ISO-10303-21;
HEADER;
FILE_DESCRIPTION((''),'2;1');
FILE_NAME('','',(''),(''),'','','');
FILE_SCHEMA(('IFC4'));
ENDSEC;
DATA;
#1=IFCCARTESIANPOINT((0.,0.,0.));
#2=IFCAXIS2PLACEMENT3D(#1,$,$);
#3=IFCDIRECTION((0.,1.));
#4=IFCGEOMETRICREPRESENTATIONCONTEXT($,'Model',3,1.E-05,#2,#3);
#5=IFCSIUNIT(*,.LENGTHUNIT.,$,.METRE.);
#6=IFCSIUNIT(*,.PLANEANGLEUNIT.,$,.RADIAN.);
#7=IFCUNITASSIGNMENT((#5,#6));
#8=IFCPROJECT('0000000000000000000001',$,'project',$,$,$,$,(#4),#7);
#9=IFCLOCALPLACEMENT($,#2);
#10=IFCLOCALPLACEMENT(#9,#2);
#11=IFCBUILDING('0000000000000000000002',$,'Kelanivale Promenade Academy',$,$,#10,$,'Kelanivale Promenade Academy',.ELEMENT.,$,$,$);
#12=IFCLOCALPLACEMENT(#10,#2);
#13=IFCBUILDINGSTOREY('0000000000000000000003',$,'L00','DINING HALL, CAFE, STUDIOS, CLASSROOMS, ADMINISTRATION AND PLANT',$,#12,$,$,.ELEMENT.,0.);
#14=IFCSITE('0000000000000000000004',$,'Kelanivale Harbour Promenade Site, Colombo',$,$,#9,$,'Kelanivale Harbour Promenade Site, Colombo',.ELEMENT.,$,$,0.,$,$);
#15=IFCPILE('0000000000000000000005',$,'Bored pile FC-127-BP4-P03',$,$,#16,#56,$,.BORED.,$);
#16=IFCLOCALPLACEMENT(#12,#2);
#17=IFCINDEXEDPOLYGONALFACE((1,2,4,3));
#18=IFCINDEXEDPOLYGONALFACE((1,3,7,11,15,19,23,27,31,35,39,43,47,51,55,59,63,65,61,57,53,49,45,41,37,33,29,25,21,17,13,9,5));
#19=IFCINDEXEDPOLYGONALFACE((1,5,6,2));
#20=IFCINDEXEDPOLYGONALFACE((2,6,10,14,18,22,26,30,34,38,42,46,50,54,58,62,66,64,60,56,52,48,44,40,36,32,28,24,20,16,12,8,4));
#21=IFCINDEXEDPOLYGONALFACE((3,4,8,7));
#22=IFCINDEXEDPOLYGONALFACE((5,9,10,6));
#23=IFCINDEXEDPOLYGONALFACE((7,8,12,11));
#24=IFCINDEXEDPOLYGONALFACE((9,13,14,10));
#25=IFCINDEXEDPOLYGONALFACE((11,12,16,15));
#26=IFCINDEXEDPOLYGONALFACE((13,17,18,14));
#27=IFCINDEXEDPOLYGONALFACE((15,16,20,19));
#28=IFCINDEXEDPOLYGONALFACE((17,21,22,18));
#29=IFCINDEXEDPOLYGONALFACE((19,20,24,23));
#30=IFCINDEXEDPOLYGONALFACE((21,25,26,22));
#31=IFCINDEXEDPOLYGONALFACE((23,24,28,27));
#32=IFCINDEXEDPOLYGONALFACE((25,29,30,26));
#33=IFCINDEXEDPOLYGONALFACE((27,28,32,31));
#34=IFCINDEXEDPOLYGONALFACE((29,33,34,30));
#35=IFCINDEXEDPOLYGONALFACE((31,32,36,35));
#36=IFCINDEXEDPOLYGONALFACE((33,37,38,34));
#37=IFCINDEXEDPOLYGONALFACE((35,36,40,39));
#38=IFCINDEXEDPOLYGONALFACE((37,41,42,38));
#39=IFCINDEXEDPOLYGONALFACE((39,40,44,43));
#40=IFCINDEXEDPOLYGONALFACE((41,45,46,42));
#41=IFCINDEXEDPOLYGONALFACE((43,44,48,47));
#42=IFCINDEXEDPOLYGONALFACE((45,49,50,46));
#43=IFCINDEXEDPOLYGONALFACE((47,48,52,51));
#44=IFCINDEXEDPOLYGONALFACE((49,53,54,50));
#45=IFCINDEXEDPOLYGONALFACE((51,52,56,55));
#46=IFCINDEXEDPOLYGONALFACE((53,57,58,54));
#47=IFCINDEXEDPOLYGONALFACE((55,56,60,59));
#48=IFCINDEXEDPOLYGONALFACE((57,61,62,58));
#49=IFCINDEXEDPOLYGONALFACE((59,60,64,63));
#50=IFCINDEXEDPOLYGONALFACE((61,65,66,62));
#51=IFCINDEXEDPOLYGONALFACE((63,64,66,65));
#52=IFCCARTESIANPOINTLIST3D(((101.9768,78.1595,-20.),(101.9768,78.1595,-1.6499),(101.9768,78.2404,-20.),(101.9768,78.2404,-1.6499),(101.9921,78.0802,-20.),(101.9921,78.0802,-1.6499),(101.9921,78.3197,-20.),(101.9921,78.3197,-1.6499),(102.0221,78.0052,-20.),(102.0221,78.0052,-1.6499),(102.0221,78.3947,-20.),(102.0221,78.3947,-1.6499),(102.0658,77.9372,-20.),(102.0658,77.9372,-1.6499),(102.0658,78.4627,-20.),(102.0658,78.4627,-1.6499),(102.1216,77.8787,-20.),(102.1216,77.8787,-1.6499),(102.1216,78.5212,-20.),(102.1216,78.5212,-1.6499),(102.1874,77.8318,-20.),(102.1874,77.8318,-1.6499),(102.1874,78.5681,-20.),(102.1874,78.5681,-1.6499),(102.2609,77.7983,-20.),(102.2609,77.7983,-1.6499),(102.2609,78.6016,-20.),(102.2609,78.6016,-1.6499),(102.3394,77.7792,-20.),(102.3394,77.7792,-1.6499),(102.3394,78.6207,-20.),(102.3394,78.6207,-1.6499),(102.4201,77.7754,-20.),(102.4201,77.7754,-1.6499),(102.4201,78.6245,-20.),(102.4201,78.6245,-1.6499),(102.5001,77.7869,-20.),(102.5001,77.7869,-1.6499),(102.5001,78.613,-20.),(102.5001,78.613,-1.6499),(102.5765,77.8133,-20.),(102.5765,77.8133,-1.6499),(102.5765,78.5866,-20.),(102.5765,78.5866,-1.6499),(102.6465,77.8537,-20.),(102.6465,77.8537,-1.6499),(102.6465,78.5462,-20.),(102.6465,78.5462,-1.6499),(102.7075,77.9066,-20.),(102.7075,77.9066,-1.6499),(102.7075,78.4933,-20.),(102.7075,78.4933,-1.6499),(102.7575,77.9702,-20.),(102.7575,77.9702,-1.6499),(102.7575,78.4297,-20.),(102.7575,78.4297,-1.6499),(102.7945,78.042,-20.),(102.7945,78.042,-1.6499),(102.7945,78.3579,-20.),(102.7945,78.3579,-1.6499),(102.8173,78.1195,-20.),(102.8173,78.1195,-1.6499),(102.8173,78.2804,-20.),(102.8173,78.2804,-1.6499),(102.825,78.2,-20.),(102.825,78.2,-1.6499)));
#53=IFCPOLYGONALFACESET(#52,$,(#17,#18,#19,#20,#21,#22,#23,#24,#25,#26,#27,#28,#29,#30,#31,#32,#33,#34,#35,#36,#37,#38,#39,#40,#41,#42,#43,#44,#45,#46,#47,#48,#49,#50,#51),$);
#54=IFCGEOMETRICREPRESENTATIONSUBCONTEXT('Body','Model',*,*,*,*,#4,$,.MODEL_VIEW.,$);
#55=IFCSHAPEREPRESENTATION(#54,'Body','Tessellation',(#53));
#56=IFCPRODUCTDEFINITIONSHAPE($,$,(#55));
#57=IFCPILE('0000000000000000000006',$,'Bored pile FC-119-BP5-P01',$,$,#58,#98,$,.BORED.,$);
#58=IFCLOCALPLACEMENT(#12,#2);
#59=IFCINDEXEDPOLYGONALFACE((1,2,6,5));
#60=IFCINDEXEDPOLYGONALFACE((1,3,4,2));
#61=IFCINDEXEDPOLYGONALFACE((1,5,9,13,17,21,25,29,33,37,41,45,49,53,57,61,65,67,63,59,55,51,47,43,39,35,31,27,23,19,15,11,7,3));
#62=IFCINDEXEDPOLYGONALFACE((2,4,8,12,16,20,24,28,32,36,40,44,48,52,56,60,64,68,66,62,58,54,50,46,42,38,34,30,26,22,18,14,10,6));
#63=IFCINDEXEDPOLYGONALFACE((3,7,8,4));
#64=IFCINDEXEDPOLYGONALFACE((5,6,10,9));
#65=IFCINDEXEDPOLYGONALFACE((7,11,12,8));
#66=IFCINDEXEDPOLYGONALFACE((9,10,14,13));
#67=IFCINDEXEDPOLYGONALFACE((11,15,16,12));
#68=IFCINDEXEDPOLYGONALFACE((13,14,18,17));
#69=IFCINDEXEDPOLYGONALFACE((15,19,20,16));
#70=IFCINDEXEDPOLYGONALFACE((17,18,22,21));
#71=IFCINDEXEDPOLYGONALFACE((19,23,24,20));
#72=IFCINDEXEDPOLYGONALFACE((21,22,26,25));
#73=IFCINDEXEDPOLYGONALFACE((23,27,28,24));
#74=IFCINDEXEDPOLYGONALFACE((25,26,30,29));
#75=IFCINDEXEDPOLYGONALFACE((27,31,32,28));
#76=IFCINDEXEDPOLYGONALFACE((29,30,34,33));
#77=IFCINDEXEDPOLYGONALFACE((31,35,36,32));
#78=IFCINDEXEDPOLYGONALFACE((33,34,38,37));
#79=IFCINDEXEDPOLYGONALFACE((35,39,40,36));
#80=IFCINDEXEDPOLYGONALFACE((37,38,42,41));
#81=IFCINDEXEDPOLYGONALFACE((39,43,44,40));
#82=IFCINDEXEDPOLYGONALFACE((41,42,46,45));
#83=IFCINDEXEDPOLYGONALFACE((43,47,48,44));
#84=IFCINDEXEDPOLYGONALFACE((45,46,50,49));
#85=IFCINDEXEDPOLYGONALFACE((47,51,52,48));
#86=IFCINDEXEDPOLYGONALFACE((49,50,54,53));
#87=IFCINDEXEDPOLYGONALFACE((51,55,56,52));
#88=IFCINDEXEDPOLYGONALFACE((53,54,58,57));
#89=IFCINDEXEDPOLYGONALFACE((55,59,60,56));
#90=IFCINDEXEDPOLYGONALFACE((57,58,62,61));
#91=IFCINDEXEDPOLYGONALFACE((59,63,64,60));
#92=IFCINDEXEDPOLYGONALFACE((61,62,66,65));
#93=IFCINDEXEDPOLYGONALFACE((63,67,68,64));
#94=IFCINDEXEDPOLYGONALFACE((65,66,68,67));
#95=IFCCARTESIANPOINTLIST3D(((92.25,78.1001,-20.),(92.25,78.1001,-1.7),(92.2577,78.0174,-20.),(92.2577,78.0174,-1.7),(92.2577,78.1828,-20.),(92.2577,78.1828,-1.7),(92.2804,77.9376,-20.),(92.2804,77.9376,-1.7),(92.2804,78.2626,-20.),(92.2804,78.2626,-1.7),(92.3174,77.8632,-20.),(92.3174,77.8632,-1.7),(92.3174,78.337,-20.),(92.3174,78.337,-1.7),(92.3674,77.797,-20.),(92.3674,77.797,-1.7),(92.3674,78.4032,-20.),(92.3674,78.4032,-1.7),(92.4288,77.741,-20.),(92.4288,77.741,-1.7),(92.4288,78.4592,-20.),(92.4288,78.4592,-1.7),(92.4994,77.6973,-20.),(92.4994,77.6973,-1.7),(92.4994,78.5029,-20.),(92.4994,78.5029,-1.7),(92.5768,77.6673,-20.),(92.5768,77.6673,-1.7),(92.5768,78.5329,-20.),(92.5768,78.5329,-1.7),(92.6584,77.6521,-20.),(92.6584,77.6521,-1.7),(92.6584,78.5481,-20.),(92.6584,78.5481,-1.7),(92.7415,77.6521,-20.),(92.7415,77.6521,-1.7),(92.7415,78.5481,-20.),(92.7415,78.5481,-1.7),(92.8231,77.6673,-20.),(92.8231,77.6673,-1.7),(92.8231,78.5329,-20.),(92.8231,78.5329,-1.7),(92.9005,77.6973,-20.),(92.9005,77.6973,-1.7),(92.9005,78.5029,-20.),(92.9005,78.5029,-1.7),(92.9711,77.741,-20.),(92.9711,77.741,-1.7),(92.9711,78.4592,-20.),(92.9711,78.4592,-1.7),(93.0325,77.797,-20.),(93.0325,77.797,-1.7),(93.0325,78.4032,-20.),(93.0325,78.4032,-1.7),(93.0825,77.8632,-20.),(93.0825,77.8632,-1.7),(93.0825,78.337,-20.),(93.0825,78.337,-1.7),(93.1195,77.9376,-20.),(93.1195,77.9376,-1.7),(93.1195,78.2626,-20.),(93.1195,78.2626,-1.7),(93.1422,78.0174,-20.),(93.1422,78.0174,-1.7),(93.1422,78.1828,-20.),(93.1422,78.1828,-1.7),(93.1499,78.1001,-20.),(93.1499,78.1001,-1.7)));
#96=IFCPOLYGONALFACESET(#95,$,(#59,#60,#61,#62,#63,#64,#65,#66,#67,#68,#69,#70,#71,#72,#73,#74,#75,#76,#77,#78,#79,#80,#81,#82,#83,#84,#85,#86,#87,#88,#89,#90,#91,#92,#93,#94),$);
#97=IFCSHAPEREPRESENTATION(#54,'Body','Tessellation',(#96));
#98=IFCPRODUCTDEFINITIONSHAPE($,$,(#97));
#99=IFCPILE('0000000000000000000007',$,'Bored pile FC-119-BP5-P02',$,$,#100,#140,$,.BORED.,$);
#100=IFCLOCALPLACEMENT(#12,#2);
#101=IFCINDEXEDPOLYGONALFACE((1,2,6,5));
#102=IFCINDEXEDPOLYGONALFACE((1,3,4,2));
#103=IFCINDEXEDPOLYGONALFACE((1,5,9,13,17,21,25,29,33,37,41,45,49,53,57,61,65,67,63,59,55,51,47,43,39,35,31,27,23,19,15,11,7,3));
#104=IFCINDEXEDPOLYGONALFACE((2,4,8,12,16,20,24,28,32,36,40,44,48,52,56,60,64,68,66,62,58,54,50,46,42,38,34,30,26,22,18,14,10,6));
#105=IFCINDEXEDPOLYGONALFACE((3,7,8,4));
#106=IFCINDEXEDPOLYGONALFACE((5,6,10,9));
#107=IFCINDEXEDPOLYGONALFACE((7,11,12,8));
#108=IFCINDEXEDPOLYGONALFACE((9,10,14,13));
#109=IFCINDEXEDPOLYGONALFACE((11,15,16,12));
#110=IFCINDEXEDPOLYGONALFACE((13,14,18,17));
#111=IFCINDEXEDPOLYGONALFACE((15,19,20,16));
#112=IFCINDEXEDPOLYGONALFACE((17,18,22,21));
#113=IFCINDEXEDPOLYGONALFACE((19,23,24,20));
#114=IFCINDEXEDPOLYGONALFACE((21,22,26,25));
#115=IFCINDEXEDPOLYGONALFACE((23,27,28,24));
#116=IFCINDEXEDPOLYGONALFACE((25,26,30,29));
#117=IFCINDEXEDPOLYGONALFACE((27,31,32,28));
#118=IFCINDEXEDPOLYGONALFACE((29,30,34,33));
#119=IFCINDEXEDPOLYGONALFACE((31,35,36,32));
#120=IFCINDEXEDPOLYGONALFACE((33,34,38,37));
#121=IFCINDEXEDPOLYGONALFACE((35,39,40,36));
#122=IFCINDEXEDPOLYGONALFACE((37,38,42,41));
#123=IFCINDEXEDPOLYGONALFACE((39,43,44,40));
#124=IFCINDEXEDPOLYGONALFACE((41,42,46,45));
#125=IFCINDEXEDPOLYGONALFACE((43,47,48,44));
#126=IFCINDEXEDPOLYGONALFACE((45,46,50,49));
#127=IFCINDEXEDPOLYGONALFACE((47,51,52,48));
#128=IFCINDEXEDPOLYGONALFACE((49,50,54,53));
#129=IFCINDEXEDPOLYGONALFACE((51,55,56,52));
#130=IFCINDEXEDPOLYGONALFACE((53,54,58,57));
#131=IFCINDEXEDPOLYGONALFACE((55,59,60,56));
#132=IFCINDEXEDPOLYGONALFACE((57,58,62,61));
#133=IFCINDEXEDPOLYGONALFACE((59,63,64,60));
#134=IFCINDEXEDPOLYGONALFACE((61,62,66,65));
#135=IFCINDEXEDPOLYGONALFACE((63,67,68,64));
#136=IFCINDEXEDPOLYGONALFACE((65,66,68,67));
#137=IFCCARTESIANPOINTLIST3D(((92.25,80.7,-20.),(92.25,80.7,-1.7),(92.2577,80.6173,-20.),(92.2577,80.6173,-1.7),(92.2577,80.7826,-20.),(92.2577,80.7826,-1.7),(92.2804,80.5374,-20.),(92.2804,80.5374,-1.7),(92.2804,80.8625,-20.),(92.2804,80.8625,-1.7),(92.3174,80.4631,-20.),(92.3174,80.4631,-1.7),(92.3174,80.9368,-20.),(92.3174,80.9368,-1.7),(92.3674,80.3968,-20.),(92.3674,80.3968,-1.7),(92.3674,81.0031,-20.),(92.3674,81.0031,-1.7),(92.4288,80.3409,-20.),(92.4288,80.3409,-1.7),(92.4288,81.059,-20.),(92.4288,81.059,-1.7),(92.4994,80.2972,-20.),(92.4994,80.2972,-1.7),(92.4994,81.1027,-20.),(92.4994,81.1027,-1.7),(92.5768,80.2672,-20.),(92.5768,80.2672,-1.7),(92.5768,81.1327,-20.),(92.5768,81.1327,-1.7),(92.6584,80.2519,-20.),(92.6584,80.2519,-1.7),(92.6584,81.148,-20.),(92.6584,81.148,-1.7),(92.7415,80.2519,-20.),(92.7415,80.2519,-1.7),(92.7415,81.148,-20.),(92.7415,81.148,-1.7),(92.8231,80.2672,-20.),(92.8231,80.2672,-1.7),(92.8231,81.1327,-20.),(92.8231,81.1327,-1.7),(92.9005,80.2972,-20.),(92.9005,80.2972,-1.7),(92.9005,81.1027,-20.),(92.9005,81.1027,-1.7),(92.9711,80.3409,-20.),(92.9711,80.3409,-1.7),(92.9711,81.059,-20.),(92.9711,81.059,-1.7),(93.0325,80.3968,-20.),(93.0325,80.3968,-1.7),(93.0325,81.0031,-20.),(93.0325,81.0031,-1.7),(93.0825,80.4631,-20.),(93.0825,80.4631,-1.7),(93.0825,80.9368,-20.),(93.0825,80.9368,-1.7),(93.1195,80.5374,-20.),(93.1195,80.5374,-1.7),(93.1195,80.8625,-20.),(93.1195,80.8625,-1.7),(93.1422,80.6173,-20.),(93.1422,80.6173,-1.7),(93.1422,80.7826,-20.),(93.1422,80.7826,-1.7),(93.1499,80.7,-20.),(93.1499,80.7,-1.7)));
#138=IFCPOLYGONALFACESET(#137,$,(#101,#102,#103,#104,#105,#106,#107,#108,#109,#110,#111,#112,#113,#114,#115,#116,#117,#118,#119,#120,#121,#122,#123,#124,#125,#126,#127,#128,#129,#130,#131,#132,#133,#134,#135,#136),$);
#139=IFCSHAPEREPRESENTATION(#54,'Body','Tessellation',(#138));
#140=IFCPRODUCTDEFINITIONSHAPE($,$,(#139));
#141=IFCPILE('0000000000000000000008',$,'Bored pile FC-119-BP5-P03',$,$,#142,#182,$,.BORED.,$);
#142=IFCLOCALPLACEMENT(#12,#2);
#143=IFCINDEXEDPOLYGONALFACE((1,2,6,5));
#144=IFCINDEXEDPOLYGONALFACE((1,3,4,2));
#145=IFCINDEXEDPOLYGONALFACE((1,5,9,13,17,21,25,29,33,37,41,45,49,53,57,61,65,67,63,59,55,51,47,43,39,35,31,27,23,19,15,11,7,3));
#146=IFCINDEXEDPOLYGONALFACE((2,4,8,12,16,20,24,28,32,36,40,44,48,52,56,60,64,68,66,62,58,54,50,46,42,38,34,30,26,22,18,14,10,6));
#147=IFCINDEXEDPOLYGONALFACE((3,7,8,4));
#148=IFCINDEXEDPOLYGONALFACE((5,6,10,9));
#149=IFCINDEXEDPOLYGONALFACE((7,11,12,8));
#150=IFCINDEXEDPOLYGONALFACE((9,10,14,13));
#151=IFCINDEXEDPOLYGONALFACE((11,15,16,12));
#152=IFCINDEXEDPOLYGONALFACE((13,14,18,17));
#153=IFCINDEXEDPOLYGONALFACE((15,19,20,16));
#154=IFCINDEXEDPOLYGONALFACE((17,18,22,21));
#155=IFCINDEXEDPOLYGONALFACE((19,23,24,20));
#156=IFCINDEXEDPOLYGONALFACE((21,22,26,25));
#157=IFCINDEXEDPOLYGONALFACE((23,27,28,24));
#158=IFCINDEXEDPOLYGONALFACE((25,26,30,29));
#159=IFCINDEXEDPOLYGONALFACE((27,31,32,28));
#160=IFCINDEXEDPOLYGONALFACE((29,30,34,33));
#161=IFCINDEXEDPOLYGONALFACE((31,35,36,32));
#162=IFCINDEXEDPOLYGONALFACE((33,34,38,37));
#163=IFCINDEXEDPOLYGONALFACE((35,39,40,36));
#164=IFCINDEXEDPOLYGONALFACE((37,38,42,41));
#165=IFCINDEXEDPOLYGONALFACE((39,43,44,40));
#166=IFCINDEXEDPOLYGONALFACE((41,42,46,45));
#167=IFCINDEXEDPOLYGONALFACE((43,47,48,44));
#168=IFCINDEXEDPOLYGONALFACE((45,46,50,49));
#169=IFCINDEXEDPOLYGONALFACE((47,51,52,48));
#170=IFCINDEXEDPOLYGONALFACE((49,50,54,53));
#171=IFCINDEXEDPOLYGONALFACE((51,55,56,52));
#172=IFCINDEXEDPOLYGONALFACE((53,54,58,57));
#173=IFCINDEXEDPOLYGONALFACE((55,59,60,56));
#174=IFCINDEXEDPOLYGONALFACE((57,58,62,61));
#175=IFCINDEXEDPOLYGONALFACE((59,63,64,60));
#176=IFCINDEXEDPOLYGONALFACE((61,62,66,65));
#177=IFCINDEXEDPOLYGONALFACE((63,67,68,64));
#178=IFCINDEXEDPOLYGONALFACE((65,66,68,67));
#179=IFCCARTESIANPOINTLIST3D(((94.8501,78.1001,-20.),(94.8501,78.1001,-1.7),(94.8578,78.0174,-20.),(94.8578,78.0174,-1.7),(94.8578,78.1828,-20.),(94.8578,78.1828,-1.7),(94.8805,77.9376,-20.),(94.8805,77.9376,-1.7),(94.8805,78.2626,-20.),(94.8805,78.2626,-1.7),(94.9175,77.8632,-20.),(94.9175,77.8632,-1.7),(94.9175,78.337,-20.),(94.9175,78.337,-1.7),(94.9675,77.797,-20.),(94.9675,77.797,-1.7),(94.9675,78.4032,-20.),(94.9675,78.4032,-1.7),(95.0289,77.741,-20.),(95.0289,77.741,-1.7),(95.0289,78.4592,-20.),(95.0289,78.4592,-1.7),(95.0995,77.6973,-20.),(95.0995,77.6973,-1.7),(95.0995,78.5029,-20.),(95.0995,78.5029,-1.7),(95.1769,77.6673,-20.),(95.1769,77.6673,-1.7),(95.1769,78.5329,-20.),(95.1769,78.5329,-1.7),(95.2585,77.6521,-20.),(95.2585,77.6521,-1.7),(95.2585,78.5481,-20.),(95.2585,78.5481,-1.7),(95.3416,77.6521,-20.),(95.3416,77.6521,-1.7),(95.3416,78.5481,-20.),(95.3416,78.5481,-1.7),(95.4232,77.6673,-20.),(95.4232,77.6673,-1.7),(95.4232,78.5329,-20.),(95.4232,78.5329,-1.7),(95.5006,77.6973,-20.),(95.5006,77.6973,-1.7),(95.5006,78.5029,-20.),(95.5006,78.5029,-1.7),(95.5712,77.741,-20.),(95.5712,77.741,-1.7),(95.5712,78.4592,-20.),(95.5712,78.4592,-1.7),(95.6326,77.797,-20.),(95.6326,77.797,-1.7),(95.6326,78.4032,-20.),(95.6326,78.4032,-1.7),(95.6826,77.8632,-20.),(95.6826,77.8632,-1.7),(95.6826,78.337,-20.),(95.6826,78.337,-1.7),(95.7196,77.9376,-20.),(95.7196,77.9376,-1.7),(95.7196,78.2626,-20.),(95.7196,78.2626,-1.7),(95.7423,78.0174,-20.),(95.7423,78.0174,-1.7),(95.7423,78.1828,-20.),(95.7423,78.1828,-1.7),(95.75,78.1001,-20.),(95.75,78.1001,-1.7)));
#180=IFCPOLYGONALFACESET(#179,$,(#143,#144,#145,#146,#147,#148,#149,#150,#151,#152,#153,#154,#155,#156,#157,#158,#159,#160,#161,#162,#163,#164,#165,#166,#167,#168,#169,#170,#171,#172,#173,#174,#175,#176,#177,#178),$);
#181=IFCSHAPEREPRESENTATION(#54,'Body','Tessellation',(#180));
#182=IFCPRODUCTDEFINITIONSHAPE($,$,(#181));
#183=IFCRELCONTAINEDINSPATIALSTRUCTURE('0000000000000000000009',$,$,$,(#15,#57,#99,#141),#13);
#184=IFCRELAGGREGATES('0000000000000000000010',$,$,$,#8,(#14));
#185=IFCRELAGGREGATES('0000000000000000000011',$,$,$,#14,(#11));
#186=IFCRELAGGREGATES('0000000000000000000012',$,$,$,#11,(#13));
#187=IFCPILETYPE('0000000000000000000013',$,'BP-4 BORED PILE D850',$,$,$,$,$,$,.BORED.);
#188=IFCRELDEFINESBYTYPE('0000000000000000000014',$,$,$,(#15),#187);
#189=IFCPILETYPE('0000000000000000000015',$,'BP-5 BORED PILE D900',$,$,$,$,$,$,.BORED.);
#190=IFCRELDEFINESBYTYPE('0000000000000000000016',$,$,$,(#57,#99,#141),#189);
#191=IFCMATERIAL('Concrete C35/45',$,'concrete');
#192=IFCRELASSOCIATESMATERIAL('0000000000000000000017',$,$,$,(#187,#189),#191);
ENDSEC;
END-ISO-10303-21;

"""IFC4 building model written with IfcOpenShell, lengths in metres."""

from ifc_helpers import new_model, si_unit, direction, frame, origin, origin_2d, place, context, subcontext, project, spatial, circle, extrude, material, material_profile, profile_set, type_object, element, save


model = new_model("IFC4")

# Units and contexts
model_context = context("Model", 3, precision=1e-05, world=origin(), true_north=direction((0.0, 1.0)))
body_context = subcontext(model_context, "Body", "Model", "MODEL_VIEW")
ifc_project = project(units=[si_unit("LENGTHUNIT", "METRE"), si_unit("PLANEANGLEUNIT", "RADIAN")], contexts=[model_context])

# Site, building, storey
site_placement = place(None, origin())
site = spatial("IfcSite", under=ifc_project, at=site_placement, Name="Kelanivale Harbour Promenade Site, Colombo", LongName="Kelanivale Harbour Promenade Site, Colombo", CompositionType="ELEMENT", RefElevation=0.0)
building_placement = place(site_placement, origin())
building = spatial("IfcBuilding", under=site, at=building_placement, Name="Kelanivale Promenade Academy", LongName="Kelanivale Promenade Academy", CompositionType="ELEMENT")
storey_placement = place(building_placement, origin())
storey = spatial("IfcBuildingStorey", under=building, at=storey_placement, Name="L00", Description="DINING HALL, CAFE, STUDIOS, CLASSROOMS, ADMINISTRATION AND PLANT", CompositionType="ELEMENT", Elevation=0.0)

# Piles
ifc_material_1 = material(Name="Concrete C35/45", Category="concrete")
ifc_material_profile_1 = material_profile(ifc_material_1, circle(Radius=0.425, at=origin_2d()), Name="BORED PILE D850")
ifc_profile_set_1 = profile_set([ifc_material_profile_1], Name="Concrete C35/45")
pile_type_1 = type_object("IfcPileType", Name="BP-4 BORED PILE D850", PredefinedType="BORED", material=ifc_profile_set_1)
for number, where, z_axis, x_axis, name in (
    (1, (102.3999, 78.2, -1.6499), (0.0, 0.0, -1.0), (1.0, 0.0, 0.0), "Bored pile FC-127-BP4-P03"),
):
    element("IfcPile", number, at=place(storey_placement, frame(where, z_axis=z_axis, x_axis=x_axis)), inside=storey, type_object=pile_type_1, Name=name, PredefinedType="BORED", context=body_context, shape_type="SweptSolid", body=[
        extrude(circle(Radius=0.425, at=origin_2d()), origin(), (0.0, 0.0, 1.0), 18.3501),
    ])
ifc_material_profile_2 = material_profile(ifc_material_1, circle(Radius=0.45, at=origin_2d()), Name="BORED PILE D900")
ifc_profile_set_2 = profile_set([ifc_material_profile_2], Name="Concrete C35/45")
pile_type_2 = type_object("IfcPileType", Name="BP-5 BORED PILE D900", PredefinedType="BORED", material=ifc_profile_set_2)
for number, where, z_axis, x_axis, name in (
    (2, (92.7, 78.1001, -1.7), (0.0, 0.0, -1.0), (1.0, 0.0, 0.0), "Bored pile FC-119-BP5-P01"),
    (3, (92.7, 80.7, -1.7), (0.0, 0.0, -1.0), (1.0, 0.0, 0.0), "Bored pile FC-119-BP5-P02"),
    (4, (95.3, 78.1001, -1.7), (0.0, 0.0, -1.0), (1.0, 0.0, 0.0), "Bored pile FC-119-BP5-P03"),
):
    element("IfcPile", number, at=place(storey_placement, frame(where, z_axis=z_axis, x_axis=x_axis)), inside=storey, type_object=pile_type_2, Name=name, PredefinedType="BORED", context=body_context, shape_type="SweptSolid", body=[
        extrude(circle(Radius=0.45, at=origin_2d()), origin(), (0.0, 0.0, 1.0), 18.3),
    ])

save(model, "model.ifc")
